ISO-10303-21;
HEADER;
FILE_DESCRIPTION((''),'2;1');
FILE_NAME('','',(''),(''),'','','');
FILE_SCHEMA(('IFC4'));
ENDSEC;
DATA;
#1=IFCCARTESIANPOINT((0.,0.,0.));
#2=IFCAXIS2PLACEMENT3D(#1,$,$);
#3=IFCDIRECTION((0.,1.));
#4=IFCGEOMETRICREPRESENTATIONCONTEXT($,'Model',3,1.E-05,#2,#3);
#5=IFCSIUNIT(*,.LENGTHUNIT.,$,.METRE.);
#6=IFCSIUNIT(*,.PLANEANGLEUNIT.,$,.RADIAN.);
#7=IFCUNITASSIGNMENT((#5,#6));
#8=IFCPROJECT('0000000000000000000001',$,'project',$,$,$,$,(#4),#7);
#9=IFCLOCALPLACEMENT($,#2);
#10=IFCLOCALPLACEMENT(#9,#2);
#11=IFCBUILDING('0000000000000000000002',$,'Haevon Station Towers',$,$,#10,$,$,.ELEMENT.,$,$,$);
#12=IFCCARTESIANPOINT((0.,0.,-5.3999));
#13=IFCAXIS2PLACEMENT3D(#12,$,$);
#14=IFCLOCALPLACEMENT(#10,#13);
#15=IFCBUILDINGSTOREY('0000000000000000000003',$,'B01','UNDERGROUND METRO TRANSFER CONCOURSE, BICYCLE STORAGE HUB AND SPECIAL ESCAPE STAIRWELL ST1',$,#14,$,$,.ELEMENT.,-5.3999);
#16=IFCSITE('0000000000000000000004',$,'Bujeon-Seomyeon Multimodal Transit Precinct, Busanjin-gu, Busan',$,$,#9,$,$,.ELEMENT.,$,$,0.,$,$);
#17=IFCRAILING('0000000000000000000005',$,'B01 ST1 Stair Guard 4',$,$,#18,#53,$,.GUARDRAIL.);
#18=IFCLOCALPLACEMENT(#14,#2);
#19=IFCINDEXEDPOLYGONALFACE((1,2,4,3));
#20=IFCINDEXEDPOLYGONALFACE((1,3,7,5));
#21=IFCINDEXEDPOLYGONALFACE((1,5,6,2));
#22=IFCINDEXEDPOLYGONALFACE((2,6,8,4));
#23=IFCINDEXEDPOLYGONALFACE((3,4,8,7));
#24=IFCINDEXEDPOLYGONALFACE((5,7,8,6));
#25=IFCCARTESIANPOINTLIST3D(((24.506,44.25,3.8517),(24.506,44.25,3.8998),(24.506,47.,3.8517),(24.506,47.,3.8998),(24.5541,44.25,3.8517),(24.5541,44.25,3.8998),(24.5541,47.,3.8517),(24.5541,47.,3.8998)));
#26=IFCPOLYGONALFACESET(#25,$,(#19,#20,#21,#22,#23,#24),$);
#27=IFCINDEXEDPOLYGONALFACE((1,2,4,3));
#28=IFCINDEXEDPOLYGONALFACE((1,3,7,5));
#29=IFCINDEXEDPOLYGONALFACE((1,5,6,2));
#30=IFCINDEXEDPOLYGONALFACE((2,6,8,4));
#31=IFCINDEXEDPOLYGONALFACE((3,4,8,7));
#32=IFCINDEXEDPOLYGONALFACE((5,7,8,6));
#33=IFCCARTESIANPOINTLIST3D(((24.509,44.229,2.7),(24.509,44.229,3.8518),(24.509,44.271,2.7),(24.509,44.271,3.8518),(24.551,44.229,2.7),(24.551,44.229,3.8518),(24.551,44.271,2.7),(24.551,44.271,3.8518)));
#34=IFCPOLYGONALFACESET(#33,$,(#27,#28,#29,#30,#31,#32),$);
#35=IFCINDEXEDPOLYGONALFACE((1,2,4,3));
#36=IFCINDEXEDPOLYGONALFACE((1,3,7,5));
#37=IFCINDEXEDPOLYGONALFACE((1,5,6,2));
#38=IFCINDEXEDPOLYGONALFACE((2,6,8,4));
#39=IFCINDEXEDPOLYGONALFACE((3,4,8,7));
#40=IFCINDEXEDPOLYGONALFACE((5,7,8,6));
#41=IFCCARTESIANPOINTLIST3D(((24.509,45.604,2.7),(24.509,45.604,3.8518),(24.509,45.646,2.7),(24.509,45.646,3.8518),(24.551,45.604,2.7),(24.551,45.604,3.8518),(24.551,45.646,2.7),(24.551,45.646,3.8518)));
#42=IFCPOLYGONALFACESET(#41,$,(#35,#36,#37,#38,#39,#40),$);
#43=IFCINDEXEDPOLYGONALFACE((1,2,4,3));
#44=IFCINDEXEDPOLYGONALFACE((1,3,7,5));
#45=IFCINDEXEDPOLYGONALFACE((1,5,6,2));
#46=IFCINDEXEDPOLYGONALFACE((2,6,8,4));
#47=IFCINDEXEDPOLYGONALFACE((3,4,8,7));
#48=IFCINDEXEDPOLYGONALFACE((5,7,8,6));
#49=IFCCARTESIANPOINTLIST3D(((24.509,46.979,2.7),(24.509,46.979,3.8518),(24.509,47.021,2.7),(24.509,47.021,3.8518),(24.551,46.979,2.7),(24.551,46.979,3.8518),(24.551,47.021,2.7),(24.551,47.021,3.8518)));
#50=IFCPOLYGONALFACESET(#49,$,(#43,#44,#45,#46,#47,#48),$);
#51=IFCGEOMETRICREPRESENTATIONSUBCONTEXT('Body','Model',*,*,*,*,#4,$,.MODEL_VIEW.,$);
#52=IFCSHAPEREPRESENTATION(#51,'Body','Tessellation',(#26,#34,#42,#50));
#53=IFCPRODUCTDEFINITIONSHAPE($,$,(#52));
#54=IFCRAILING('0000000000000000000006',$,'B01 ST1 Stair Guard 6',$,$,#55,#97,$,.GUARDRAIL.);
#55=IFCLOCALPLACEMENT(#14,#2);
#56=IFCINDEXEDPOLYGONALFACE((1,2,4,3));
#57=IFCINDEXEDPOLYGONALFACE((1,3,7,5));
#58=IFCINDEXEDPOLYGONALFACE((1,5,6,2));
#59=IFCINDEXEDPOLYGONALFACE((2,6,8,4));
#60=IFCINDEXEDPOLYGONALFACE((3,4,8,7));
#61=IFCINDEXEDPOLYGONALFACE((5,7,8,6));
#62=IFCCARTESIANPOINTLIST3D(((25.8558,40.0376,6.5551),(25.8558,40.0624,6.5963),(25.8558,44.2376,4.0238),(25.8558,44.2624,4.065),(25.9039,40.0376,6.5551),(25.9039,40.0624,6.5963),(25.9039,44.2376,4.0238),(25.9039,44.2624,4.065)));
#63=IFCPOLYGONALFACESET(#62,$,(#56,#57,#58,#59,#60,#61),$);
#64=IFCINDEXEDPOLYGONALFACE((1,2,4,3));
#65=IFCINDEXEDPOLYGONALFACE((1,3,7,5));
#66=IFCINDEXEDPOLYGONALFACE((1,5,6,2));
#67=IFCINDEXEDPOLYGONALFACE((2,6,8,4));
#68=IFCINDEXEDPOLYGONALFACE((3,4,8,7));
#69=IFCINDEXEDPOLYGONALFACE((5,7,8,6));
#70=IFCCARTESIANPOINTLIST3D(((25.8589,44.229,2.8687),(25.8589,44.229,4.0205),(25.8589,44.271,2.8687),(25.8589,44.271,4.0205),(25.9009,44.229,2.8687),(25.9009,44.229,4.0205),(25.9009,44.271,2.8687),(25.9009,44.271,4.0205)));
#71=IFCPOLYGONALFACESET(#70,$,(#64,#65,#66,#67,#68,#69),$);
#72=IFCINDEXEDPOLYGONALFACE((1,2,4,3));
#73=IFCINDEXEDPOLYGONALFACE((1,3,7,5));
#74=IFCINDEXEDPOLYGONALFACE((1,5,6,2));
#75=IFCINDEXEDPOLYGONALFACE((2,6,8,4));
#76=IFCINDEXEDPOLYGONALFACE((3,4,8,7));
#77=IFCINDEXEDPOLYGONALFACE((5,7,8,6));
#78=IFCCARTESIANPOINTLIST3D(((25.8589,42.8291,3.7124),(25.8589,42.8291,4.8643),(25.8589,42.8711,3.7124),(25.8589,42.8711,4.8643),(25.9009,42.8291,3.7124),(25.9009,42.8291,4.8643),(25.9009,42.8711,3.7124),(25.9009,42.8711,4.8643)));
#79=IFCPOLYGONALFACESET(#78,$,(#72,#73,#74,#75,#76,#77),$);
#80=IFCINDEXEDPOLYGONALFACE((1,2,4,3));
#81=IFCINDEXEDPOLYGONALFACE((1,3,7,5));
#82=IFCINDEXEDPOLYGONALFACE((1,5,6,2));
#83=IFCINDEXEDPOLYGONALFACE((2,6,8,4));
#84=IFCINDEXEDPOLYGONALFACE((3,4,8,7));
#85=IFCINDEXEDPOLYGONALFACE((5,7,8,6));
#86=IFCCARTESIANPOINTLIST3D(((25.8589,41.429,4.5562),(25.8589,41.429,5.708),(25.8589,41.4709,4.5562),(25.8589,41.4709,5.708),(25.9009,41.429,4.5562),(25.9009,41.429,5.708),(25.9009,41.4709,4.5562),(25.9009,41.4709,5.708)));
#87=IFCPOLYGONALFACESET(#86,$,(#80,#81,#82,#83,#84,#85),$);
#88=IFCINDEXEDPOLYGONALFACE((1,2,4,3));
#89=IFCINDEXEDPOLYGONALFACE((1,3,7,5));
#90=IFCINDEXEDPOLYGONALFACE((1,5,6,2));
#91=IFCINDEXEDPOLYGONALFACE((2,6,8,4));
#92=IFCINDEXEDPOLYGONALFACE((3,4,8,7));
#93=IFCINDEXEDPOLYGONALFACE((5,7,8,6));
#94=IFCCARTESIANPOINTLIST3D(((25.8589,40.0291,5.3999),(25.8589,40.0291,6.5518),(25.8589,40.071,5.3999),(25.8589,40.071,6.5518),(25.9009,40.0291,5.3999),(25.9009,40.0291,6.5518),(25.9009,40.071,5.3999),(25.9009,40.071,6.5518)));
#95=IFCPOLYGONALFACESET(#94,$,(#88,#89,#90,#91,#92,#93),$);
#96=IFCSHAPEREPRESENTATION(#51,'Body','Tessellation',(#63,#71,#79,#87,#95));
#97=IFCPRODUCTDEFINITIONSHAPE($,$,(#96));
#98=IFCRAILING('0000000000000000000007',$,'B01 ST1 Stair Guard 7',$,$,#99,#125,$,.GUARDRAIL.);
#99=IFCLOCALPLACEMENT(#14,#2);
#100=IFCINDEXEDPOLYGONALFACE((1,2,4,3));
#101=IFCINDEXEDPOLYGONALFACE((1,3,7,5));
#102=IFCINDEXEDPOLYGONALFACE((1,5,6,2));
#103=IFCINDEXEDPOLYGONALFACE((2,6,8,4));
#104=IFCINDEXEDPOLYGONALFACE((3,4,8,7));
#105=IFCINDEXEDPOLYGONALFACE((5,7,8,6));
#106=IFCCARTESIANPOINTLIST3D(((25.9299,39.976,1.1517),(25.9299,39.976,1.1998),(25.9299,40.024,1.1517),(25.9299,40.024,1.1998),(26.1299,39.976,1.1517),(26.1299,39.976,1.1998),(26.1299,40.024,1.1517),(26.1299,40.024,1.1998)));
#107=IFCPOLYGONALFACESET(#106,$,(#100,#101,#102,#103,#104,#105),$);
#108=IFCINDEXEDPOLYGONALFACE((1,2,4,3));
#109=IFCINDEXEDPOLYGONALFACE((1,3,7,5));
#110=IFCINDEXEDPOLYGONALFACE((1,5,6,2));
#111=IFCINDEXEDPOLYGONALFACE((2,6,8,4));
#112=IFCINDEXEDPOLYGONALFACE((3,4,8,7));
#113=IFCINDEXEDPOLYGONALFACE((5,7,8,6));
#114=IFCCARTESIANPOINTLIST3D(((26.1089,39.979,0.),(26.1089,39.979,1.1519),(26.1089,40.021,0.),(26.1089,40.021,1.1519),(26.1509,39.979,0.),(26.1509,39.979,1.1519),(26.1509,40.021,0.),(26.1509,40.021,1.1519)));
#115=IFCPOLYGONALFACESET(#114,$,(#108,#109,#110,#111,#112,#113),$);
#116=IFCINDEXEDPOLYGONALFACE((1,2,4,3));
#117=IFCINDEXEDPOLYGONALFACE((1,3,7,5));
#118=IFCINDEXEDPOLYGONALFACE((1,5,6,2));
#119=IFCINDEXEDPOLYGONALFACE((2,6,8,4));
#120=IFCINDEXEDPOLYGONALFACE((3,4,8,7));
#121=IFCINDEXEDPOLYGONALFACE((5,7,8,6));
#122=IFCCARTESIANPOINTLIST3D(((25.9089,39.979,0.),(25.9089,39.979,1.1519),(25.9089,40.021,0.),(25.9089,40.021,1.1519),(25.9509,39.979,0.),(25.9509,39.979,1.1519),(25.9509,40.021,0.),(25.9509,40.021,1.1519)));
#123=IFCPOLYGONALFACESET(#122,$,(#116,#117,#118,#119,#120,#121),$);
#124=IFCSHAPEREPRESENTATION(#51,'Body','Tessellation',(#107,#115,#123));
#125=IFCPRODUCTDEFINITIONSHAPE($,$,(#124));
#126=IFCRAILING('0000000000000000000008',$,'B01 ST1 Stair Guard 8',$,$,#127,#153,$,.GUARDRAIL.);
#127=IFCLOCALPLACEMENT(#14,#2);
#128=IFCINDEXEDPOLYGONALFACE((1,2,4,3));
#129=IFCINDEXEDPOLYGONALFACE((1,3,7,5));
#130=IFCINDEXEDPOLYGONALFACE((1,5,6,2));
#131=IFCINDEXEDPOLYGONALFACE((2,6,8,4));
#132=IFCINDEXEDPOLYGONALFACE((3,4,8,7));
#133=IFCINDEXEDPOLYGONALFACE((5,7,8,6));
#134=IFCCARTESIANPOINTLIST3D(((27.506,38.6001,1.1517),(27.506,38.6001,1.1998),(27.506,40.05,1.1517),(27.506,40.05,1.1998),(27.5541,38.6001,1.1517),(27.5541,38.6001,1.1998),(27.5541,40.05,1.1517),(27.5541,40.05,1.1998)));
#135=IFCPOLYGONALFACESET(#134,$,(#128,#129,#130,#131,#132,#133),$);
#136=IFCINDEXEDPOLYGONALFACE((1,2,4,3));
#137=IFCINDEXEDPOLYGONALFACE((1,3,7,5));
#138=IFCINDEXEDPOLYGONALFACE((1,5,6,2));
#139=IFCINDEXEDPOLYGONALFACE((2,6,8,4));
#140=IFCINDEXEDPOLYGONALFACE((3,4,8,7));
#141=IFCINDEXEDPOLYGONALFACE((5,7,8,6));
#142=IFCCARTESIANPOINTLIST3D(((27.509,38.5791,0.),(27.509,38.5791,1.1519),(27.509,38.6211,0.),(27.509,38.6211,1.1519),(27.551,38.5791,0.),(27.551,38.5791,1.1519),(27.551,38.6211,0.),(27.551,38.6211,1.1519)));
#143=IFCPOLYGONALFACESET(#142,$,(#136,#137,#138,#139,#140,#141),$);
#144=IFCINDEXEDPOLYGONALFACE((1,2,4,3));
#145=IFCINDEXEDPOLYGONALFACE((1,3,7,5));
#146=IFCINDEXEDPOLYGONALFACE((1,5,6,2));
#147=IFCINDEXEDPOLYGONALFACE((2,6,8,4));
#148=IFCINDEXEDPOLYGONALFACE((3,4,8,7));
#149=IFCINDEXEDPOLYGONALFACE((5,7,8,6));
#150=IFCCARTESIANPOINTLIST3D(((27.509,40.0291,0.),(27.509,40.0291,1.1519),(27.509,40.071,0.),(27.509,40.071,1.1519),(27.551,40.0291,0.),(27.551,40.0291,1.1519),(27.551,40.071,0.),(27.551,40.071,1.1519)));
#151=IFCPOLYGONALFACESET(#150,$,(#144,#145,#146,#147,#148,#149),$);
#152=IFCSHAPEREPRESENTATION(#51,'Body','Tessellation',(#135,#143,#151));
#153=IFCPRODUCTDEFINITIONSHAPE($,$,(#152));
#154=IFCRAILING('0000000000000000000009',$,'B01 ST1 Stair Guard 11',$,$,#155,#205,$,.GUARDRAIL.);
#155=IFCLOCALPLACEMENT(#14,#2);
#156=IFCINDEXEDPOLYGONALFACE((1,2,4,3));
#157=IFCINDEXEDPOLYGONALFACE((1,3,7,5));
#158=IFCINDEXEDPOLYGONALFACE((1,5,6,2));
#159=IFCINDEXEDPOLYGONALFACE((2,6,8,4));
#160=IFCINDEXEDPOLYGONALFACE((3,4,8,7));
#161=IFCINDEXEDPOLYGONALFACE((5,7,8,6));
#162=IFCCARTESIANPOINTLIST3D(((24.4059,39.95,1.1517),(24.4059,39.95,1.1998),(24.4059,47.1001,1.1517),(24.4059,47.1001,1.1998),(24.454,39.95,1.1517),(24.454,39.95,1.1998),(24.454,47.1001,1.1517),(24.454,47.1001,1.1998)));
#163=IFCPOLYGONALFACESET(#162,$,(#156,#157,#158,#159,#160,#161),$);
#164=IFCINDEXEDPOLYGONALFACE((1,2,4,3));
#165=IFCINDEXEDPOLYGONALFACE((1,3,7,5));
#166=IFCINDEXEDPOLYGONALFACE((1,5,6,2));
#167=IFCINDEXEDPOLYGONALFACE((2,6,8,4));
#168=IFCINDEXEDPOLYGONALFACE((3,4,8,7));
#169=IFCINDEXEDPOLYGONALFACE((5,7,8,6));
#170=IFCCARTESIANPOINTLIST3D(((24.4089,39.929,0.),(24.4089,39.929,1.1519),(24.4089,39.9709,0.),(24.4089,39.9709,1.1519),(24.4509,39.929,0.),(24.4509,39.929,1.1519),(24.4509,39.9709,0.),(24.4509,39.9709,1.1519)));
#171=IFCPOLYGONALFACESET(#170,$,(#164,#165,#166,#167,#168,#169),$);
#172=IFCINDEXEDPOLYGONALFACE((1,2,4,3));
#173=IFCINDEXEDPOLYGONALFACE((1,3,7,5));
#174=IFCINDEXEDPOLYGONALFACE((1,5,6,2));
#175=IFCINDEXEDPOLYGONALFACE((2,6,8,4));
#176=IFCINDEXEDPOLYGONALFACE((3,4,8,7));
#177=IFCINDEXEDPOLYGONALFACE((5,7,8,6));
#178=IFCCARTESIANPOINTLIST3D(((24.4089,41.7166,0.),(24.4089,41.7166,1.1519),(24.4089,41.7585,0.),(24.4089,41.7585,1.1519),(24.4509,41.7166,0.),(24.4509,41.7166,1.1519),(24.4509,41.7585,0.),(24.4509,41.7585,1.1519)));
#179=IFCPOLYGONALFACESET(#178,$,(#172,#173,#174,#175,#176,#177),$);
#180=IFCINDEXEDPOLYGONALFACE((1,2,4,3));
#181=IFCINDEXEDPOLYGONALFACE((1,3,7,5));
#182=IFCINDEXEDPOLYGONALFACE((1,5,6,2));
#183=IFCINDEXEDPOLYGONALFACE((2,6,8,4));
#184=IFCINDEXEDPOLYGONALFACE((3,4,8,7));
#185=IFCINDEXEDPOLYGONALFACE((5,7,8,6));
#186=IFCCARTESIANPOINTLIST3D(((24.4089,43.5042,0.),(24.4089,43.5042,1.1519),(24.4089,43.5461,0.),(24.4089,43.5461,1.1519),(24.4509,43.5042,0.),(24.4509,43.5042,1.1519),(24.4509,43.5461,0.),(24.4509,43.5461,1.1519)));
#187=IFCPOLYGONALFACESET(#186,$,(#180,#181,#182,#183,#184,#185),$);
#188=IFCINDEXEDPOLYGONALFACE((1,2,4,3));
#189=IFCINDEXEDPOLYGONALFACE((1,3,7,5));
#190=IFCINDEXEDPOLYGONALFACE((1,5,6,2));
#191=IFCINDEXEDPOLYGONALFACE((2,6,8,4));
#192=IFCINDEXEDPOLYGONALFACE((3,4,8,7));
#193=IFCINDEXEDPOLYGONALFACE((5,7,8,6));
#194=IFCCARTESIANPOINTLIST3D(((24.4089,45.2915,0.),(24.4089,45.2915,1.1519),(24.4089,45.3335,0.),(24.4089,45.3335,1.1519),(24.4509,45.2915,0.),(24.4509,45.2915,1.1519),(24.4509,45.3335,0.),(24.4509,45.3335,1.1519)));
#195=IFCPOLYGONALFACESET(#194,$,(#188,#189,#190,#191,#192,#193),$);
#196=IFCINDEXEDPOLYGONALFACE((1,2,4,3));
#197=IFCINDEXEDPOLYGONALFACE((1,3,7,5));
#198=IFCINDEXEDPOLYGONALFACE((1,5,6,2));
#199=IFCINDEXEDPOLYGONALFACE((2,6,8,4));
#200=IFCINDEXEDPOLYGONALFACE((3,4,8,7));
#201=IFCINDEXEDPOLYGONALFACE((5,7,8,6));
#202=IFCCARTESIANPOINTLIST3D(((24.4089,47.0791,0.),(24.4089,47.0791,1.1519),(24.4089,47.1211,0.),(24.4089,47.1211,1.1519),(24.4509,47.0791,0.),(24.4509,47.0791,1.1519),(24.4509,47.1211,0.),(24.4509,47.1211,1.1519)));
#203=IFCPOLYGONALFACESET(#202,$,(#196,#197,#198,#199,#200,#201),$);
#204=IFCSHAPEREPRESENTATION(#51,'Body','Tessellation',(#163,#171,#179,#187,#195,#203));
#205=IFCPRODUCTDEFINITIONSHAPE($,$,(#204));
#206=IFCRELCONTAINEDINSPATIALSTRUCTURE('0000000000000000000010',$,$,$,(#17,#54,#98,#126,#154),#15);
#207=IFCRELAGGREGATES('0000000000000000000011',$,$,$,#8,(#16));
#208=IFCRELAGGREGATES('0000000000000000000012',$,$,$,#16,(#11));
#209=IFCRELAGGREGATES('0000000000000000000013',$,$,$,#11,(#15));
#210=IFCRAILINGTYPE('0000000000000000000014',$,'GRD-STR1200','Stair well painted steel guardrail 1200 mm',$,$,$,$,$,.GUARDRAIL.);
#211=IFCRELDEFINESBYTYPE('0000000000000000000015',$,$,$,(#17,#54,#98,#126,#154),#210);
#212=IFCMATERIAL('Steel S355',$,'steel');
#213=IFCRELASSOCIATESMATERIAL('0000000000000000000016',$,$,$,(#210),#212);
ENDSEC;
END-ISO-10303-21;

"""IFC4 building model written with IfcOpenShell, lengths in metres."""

from ifc_helpers import new_model, si_unit, direction, frame, origin, origin_2d, place, context, subcontext, project, spatial, rectangle, extrude, material, type_object, element, save


model = new_model("IFC4")

# Units and contexts
model_context = context("Model", 3, precision=1e-05, world=origin(), true_north=direction((0.0, 1.0)))
body_context = subcontext(model_context, "Body", "Model", "MODEL_VIEW")
ifc_project = project(units=[si_unit("LENGTHUNIT", "METRE"), si_unit("PLANEANGLEUNIT", "RADIAN")], contexts=[model_context])

# Site, building, storey
site_placement = place(None, origin())
site = spatial("IfcSite", under=ifc_project, at=site_placement, Name="Bujeon-Seomyeon Multimodal Transit Precinct, Busanjin-gu, Busan", CompositionType="ELEMENT", RefElevation=0.0)
building_placement = place(site_placement, origin())
building = spatial("IfcBuilding", under=site, at=building_placement, Name="Haevon Station Towers", CompositionType="ELEMENT")
storey_placement = place(building_placement, frame((0.0, 0.0, -5.3999)))
storey = spatial("IfcBuildingStorey", under=building, at=storey_placement, Name="B01", Description="UNDERGROUND METRO TRANSFER CONCOURSE, BICYCLE STORAGE HUB AND SPECIAL ESCAPE STAIRWELL ST1", CompositionType="ELEMENT", Elevation=-5.3999)

# Shared definitions
ifc_material_1 = material(Name="Steel S355", Category="steel")

# Railings
railing_type_1 = type_object("IfcRailingType", Name="GRD-STR1200", Description="Stair well painted steel guardrail 1200 mm", PredefinedType="GUARDRAIL", material=ifc_material_1)
railing_1_placement = place(storey_placement, frame((24.53, 44.25, 2.7)))
element("IfcRailing", 1, at=railing_1_placement, inside=storey, type_object=railing_type_1, Name="B01 ST1 Stair Guard 4", PredefinedType="GUARDRAIL", context=body_context, shape_type="SweptSolid", body=[
    extrude(rectangle(XDim=0.0481, YDim=0.0481, at=origin_2d()), frame((0.0, 0.0, 1.1758), z_axis=(0.0, 1.0, 0.0), x_axis=(-1.0, 0.0, 0.0)), (0.0, 0.0, 1.0), 2.75),
    extrude(rectangle(XDim=0.042, YDim=0.042, at=origin_2d()), origin(), (0.0, 0.0, 1.0), 1.1519),
    extrude(rectangle(XDim=0.042, YDim=0.042, at=origin_2d()), frame((0.0, 1.375, 0.0)), (0.0, 0.0, 1.0), 1.1519),
    extrude(rectangle(XDim=0.042, YDim=0.042, at=origin_2d()), frame((0.0, 2.75, 0.0)), (0.0, 0.0, 1.0), 1.1519),
])
railing_2_placement = place(storey_placement, frame((25.8799, 44.25, 2.8687)))
element("IfcRailing", 2, at=railing_2_placement, inside=storey, type_object=railing_type_1, Name="B01 ST1 Stair Guard 6", PredefinedType="GUARDRAIL", context=body_context, shape_type="SweptSolid", body=[
    extrude(rectangle(XDim=0.0481, YDim=0.0481, at=origin_2d()), frame((0.0, 0.0, 1.1758), z_axis=(0.0, -0.856476, 0.516186), x_axis=(1.0, 0.0, 0.0)), (0.0, 0.0, 1.0), 4.9038),
    extrude(rectangle(XDim=0.042, YDim=0.042, at=origin_2d()), origin(), (0.0, 0.0, 1.0), 1.1519),
    extrude(rectangle(XDim=0.042, YDim=0.042, at=origin_2d()), frame((0.0, -1.3999, 0.8438)), (0.0, 0.0, 1.0), 1.1519),
    extrude(rectangle(XDim=0.042, YDim=0.042, at=origin_2d()), frame((0.0, -2.8, 1.6875)), (0.0, 0.0, 1.0), 1.1519),
    extrude(rectangle(XDim=0.042, YDim=0.042, at=origin_2d()), frame((0.0, -4.2, 2.5312)), (0.0, 0.0, 1.0), 1.1519),
])
railing_3_placement = place(storey_placement, frame((26.1299, 40.0, 0.0)))
element("IfcRailing", 3, at=railing_3_placement, inside=storey, type_object=railing_type_1, Name="B01 ST1 Stair Guard 7", PredefinedType="GUARDRAIL", context=body_context, shape_type="SweptSolid", body=[
    extrude(rectangle(XDim=0.0481, YDim=0.0481, at=origin_2d()), frame((0.0, 0.0, 1.1758), z_axis=(-1.0, 0.0, 0.0), x_axis=(0.0, -1.0, 0.0)), (0.0, 0.0, 1.0), 0.2),
    extrude(rectangle(XDim=0.042, YDim=0.042, at=origin_2d()), origin(), (0.0, 0.0, 1.0), 1.1519),
    extrude(rectangle(XDim=0.042, YDim=0.042, at=origin_2d()), frame((-0.2, 0.0, 0.0)), (0.0, 0.0, 1.0), 1.1519),
])
railing_4_placement = place(storey_placement, frame((27.53, 38.6001, 0.0)))
element("IfcRailing", 4, at=railing_4_placement, inside=storey, type_object=railing_type_1, Name="B01 ST1 Stair Guard 8", PredefinedType="GUARDRAIL", context=body_context, shape_type="SweptSolid", body=[
    extrude(rectangle(XDim=0.0481, YDim=0.0481, at=origin_2d()), frame((0.0, 0.0, 1.1758), z_axis=(0.0, 1.0, 0.0), x_axis=(-1.0, 0.0, 0.0)), (0.0, 0.0, 1.0), 1.45),
    extrude(rectangle(XDim=0.042, YDim=0.042, at=origin_2d()), origin(), (0.0, 0.0, 1.0), 1.1519),
    extrude(rectangle(XDim=0.042, YDim=0.042, at=origin_2d()), frame((0.0, 1.45, 0.0)), (0.0, 0.0, 1.0), 1.1519),
])
railing_5_placement = place(storey_placement, frame((24.4299, 39.95, 0.0)))
element("IfcRailing", 5, at=railing_5_placement, inside=storey, type_object=railing_type_1, Name="B01 ST1 Stair Guard 11", PredefinedType="GUARDRAIL", context=body_context, shape_type="SweptSolid", body=[
    extrude(rectangle(XDim=0.0481, YDim=0.0481, at=origin_2d()), frame((0.0, 0.0, 1.1758), z_axis=(0.0, 1.0, 0.0), x_axis=(-1.0, 0.0, 0.0)), (0.0, 0.0, 1.0), 7.1501),
    extrude(rectangle(XDim=0.042, YDim=0.042, at=origin_2d()), origin(), (0.0, 0.0, 1.0), 1.1519),
    extrude(rectangle(XDim=0.042, YDim=0.042, at=origin_2d()), frame((0.0, 1.7876, 0.0)), (0.0, 0.0, 1.0), 1.1519),
    extrude(rectangle(XDim=0.042, YDim=0.042, at=origin_2d()), frame((0.0, 3.5752, 0.0)), (0.0, 0.0, 1.0), 1.1519),
    extrude(rectangle(XDim=0.042, YDim=0.042, at=origin_2d()), frame((0.0, 5.3625, 0.0)), (0.0, 0.0, 1.0), 1.1519),
    extrude(rectangle(XDim=0.042, YDim=0.042, at=origin_2d()), frame((0.0, 7.1501, 0.0)), (0.0, 0.0, 1.0), 1.1519),
])

save(model, "model.ifc")
